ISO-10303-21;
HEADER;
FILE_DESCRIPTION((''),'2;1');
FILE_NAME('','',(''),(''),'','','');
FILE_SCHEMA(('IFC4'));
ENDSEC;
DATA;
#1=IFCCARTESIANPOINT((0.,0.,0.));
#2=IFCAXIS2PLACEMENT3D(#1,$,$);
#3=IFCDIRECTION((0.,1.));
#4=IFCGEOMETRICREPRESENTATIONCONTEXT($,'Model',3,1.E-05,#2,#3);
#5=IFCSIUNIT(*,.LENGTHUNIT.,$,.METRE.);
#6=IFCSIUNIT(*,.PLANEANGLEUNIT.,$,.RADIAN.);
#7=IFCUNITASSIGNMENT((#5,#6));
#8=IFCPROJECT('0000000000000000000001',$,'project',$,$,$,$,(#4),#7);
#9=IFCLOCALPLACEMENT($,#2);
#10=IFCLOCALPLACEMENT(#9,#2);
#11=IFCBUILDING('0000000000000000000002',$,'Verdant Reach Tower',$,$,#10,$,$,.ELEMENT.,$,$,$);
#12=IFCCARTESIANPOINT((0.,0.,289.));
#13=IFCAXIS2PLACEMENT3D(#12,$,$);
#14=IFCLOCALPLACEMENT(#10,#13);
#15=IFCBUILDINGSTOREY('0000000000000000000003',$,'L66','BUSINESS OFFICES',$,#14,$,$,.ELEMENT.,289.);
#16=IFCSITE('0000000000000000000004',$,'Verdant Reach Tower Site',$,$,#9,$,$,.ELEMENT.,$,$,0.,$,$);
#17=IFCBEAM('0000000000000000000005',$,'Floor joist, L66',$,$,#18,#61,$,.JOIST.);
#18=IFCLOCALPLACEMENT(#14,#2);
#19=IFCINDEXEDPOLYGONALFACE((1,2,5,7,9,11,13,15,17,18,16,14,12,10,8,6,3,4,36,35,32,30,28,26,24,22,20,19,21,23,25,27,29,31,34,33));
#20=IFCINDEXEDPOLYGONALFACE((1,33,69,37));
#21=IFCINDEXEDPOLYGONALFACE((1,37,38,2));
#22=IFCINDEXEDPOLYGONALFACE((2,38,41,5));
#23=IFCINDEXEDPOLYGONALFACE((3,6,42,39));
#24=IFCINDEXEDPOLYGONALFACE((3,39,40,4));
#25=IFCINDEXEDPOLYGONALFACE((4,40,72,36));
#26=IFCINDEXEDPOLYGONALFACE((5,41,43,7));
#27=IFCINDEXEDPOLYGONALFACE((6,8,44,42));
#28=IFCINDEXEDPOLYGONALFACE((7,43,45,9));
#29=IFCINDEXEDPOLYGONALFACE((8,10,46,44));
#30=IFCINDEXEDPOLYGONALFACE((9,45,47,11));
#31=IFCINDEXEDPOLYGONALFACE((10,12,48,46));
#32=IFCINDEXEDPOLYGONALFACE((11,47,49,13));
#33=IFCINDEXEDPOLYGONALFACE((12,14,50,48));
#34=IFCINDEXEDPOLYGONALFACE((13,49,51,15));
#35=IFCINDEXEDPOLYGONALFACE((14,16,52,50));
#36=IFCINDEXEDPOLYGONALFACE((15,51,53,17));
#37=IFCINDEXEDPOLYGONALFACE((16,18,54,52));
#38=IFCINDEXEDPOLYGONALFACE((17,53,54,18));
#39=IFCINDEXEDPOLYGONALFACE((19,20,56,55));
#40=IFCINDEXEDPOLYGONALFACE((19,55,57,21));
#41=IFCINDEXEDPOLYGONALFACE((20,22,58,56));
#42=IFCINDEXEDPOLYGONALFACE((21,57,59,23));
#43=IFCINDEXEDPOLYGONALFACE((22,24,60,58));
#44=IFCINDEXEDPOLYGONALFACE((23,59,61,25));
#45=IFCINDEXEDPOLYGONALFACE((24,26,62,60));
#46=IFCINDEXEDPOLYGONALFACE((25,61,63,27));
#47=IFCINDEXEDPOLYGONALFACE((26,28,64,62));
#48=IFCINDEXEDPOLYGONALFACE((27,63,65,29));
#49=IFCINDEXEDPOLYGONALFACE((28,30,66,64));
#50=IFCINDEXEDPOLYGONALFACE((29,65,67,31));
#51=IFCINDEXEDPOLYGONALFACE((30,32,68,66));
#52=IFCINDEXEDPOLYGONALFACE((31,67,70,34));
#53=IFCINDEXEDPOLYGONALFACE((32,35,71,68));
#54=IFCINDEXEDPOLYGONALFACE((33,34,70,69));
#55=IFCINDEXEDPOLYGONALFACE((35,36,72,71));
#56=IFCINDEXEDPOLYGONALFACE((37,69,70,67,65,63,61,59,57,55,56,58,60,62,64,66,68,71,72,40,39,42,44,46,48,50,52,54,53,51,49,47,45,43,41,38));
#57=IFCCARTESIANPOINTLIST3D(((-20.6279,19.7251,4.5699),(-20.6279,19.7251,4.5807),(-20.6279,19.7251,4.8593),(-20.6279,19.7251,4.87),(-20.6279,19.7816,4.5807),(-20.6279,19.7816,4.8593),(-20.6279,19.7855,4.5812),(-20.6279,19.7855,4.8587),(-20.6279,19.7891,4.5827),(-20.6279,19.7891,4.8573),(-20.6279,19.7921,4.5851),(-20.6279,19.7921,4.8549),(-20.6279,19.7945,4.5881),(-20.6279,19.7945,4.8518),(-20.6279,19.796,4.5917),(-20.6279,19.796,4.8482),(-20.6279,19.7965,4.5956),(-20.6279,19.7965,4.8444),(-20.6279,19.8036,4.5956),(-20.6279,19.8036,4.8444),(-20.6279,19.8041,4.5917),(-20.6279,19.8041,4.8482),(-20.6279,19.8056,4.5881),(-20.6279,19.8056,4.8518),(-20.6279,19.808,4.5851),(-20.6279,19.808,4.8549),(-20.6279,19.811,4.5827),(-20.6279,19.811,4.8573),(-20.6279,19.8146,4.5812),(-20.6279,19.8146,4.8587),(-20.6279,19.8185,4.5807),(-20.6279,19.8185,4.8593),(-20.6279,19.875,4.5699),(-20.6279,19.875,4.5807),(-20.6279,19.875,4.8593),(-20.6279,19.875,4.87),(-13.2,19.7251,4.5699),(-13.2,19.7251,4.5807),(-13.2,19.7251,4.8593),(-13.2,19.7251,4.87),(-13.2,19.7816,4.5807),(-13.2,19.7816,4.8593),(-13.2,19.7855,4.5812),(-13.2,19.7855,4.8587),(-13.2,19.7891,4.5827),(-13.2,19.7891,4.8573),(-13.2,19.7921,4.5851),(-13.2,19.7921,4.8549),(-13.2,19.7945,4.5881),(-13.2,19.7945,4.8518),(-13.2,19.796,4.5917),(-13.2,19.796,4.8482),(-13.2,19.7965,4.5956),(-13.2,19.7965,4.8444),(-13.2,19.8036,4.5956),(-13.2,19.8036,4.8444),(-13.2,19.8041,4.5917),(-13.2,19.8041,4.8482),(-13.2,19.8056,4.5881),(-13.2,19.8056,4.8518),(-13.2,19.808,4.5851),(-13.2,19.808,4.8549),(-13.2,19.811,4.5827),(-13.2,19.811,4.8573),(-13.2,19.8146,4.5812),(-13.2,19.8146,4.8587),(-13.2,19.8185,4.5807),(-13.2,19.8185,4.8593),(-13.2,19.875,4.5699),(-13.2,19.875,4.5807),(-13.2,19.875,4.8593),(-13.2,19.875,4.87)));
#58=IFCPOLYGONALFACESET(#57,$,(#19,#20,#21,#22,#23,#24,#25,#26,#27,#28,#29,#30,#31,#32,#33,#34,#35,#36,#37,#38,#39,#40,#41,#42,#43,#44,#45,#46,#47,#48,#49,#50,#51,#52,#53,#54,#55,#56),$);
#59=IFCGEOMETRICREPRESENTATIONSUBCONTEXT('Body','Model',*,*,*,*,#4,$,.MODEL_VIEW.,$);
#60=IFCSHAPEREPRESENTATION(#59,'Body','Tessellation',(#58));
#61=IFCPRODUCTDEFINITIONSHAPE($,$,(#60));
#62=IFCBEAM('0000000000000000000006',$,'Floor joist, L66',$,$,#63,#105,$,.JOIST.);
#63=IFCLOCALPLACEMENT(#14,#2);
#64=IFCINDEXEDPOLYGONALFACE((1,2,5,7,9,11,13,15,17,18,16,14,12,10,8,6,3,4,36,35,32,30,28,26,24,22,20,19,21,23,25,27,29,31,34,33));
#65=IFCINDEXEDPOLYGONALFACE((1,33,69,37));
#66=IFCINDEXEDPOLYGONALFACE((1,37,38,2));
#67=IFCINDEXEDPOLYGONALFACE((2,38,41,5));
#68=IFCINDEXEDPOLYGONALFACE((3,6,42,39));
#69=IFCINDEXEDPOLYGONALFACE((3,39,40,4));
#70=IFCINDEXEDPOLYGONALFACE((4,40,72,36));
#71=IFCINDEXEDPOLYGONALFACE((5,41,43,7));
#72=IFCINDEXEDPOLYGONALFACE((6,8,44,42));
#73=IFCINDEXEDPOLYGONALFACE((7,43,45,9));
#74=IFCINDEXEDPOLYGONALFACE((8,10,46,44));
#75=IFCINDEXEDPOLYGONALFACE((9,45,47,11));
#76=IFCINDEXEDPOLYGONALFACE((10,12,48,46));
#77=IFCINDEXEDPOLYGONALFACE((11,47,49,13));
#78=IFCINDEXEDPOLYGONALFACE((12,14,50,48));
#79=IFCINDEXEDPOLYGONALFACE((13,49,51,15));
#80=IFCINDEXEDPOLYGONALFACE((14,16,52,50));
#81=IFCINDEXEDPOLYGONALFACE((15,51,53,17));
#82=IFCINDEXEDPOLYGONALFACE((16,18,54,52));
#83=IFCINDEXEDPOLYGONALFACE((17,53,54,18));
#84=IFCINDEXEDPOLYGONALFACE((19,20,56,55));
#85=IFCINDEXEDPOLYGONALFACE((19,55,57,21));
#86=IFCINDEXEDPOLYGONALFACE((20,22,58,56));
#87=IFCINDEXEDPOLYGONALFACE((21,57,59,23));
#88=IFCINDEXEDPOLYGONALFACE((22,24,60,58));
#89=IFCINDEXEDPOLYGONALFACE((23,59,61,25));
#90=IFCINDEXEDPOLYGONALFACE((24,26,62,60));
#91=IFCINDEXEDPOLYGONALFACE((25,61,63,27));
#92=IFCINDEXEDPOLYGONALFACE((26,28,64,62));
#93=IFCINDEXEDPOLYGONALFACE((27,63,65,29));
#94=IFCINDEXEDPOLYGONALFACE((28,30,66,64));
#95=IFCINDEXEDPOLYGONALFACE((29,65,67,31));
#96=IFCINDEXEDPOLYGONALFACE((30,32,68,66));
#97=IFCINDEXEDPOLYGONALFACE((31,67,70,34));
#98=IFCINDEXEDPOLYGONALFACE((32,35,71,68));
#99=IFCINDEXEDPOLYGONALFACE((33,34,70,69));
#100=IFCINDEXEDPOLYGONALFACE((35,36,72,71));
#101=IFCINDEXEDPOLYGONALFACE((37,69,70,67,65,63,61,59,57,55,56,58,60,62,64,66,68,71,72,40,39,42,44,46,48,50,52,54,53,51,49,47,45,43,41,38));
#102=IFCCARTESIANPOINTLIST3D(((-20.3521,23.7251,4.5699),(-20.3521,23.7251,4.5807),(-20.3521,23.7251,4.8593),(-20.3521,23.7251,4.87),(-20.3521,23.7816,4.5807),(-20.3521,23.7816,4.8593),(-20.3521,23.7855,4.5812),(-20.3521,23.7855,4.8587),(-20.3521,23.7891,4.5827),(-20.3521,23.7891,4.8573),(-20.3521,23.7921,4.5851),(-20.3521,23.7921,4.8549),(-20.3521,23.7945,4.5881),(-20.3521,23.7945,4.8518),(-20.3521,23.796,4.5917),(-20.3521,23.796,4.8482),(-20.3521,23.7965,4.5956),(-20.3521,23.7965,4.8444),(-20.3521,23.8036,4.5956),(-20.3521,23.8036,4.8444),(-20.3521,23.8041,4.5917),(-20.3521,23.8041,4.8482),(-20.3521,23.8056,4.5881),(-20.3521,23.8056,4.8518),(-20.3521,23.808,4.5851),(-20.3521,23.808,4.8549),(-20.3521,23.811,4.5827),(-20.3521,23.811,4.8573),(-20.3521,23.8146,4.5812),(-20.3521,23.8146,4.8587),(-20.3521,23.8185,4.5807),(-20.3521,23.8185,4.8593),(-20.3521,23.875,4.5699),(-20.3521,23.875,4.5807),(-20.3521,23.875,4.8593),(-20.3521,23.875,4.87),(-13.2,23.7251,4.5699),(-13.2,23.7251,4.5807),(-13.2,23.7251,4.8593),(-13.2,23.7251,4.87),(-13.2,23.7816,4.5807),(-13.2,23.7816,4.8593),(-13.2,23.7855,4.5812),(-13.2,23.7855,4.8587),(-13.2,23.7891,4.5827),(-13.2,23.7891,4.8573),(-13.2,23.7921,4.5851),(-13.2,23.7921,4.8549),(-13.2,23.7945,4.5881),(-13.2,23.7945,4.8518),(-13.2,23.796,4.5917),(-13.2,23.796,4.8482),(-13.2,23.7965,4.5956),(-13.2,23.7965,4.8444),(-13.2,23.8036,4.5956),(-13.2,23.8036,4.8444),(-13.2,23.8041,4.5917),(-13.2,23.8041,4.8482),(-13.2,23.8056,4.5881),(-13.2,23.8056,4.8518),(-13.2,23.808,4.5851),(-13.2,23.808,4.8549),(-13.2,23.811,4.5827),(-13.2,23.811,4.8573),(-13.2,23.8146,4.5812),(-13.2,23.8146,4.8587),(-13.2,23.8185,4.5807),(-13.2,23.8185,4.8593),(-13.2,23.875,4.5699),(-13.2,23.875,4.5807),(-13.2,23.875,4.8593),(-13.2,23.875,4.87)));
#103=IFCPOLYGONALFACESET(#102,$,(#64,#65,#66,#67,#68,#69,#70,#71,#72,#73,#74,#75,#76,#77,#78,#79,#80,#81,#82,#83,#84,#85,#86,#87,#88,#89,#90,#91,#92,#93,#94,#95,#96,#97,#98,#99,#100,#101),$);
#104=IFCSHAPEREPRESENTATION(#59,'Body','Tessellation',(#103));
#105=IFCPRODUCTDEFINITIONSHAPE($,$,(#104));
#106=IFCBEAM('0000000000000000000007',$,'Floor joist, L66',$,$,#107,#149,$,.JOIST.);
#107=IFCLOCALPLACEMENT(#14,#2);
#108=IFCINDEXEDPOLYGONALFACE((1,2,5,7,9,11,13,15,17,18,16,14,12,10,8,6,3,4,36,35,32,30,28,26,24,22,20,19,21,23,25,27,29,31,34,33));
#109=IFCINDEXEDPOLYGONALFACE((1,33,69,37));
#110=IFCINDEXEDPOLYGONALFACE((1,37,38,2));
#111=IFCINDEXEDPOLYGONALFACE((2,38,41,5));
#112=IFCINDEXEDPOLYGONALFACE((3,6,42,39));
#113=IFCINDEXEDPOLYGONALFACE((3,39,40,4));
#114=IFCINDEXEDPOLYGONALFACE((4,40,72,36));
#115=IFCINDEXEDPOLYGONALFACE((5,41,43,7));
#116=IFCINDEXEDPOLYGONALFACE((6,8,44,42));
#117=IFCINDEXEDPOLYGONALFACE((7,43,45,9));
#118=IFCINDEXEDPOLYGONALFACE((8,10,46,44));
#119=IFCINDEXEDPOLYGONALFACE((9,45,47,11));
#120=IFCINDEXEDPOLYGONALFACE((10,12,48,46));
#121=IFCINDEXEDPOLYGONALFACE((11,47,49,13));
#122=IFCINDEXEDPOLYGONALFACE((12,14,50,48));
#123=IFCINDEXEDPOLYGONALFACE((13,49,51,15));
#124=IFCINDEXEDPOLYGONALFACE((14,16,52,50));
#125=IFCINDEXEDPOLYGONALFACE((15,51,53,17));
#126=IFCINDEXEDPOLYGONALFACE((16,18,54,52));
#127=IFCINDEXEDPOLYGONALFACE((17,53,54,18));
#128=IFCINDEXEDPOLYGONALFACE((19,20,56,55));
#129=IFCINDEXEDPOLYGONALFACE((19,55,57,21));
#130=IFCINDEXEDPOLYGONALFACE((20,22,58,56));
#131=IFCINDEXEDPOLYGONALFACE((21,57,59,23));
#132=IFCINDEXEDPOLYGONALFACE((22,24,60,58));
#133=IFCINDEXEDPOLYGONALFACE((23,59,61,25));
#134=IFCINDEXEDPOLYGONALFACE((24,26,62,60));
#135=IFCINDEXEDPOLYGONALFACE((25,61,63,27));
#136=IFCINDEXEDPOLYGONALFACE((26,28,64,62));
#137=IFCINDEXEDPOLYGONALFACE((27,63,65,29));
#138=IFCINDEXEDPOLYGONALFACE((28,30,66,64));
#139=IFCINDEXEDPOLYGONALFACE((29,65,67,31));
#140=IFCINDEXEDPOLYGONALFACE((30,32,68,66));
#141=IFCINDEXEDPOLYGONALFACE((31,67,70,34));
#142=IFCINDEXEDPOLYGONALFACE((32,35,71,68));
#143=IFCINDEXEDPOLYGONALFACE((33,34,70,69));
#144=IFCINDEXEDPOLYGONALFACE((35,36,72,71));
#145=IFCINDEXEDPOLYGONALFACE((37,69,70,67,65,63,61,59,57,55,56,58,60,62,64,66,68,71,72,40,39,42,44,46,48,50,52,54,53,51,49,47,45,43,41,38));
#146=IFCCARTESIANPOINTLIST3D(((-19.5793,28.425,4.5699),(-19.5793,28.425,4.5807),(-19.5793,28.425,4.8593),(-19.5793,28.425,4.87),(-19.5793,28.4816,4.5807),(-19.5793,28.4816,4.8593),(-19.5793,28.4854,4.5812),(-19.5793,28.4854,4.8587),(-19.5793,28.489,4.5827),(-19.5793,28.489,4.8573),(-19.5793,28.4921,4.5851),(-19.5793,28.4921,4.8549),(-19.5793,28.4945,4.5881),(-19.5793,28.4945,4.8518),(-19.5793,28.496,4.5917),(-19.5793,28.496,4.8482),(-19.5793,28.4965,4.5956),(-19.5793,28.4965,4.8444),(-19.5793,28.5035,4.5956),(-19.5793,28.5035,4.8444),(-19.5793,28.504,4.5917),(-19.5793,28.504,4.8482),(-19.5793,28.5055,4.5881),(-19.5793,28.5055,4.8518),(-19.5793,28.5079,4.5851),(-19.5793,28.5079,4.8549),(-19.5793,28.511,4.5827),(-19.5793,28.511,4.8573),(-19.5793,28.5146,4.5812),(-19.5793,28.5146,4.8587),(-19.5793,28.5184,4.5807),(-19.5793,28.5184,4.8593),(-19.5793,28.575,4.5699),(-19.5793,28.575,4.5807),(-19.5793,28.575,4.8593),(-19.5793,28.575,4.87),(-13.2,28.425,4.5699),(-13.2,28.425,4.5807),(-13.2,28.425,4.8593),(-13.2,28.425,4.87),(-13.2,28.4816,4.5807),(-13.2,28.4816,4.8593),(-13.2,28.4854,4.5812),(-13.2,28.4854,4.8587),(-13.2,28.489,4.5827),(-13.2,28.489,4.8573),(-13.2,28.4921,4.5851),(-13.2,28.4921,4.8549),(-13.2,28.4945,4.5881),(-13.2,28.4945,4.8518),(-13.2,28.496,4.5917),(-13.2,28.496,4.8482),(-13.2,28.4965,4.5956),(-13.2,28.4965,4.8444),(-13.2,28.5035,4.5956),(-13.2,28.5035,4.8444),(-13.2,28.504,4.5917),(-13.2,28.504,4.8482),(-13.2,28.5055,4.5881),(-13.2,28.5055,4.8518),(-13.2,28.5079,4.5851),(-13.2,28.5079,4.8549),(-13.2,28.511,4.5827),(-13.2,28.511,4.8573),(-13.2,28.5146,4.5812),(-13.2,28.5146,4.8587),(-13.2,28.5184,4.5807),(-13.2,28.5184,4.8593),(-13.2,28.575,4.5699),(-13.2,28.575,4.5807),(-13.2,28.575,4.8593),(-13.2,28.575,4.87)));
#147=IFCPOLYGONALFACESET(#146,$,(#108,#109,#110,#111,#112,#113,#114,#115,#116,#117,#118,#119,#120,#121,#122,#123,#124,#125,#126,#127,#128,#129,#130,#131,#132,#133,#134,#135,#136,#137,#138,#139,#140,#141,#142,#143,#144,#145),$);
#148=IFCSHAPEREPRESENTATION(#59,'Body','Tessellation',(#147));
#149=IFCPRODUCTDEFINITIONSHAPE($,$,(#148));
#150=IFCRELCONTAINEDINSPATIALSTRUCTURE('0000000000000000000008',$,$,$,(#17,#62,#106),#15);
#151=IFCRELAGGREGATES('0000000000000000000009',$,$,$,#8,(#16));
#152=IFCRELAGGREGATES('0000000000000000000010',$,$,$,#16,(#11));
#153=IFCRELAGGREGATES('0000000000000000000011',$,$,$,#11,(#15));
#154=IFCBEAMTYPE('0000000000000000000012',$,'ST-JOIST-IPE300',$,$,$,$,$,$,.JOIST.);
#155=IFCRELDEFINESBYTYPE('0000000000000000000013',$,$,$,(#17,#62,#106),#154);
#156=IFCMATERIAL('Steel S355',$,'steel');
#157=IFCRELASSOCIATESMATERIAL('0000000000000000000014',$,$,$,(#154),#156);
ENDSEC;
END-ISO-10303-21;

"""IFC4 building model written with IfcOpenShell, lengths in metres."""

from ifc_helpers import new_model, si_unit, direction, frame, origin, origin_2d, place, context, subcontext, project, spatial, i_section, extrude, material, material_profile, profile_set, type_object, element, save


model = new_model("IFC4")

# Units and contexts
model_context = context("Model", 3, precision=1e-05, world=origin(), true_north=direction((0.0, 1.0)))
body_context = subcontext(model_context, "Body", "Model", "MODEL_VIEW")
ifc_project = project(units=[si_unit("LENGTHUNIT", "METRE"), si_unit("PLANEANGLEUNIT", "RADIAN")], contexts=[model_context])

# Site, building, storey
site_placement = place(None, origin())
site = spatial("IfcSite", under=ifc_project, at=site_placement, Name="Verdant Reach Tower Site", CompositionType="ELEMENT", RefElevation=0.0)
building_placement = place(site_placement, origin())
building = spatial("IfcBuilding", under=site, at=building_placement, Name="Verdant Reach Tower", CompositionType="ELEMENT")
storey_placement = place(building_placement, frame((0.0, 0.0, 289.0)))
storey = spatial("IfcBuildingStorey", under=building, at=storey_placement, Name="L66", Description="BUSINESS OFFICES", CompositionType="ELEMENT", Elevation=289.0)

# Beams
ifc_material_1 = material(Name="Steel S355", Category="steel")
ifc_material_profile = material_profile(ifc_material_1, i_section(OverallWidth=0.1499, OverallDepth=0.3, WebThickness=0.0071, FlangeThickness=0.0107, FilletRadius=0.0149, at=origin_2d()), Name="IPE 300")
ifc_profile_set = profile_set([ifc_material_profile], Name="Steel S355")
beam_type = type_object("IfcBeamType", Name="ST-JOIST-IPE300", PredefinedType="JOIST", material=ifc_profile_set)
beam_1_placement = place(storey_placement, frame((-13.2, 19.8, 4.72), z_axis=(-1.0, 0.0, 0.0), x_axis=(0.0, -1.0, 0.0)))
element("IfcBeam", 1, at=beam_1_placement, inside=storey, type_object=beam_type, Name="Floor joist, L66", PredefinedType="JOIST", context=body_context, shape_type="SweptSolid", body=[
    extrude(i_section(OverallWidth=0.1499, OverallDepth=0.3, WebThickness=0.0071, FlangeThickness=0.0107, FilletRadius=0.0149, at=origin_2d()), origin(), (0.0, 0.0, 1.0), 7.428),
])
beam_2_placement = place(storey_placement, frame((-13.2, 23.8, 4.72), z_axis=(-1.0, 0.0, 0.0), x_axis=(0.0, -1.0, 0.0)))
element("IfcBeam", 2, at=beam_2_placement, inside=storey, type_object=beam_type, Name="Floor joist, L66", PredefinedType="JOIST", context=body_context, shape_type="SweptSolid", body=[
    extrude(i_section(OverallWidth=0.1499, OverallDepth=0.3, WebThickness=0.0071, FlangeThickness=0.0107, FilletRadius=0.0149, at=origin_2d()), origin(), (0.0, 0.0, 1.0), 7.1521),
])
beam_3_placement = place(storey_placement, frame((-13.2, 28.5, 4.72), z_axis=(-1.0, 0.0, 0.0), x_axis=(0.0, -1.0, 0.0)))
element("IfcBeam", 3, at=beam_3_placement, inside=storey, type_object=beam_type, Name="Floor joist, L66", PredefinedType="JOIST", context=body_context, shape_type="SweptSolid", body=[
    extrude(i_section(OverallWidth=0.1499, OverallDepth=0.3, WebThickness=0.0071, FlangeThickness=0.0107, FilletRadius=0.0149, at=origin_2d()), origin(), (0.0, 0.0, 1.0), 6.3794),
])

save(model, "model.ifc")
